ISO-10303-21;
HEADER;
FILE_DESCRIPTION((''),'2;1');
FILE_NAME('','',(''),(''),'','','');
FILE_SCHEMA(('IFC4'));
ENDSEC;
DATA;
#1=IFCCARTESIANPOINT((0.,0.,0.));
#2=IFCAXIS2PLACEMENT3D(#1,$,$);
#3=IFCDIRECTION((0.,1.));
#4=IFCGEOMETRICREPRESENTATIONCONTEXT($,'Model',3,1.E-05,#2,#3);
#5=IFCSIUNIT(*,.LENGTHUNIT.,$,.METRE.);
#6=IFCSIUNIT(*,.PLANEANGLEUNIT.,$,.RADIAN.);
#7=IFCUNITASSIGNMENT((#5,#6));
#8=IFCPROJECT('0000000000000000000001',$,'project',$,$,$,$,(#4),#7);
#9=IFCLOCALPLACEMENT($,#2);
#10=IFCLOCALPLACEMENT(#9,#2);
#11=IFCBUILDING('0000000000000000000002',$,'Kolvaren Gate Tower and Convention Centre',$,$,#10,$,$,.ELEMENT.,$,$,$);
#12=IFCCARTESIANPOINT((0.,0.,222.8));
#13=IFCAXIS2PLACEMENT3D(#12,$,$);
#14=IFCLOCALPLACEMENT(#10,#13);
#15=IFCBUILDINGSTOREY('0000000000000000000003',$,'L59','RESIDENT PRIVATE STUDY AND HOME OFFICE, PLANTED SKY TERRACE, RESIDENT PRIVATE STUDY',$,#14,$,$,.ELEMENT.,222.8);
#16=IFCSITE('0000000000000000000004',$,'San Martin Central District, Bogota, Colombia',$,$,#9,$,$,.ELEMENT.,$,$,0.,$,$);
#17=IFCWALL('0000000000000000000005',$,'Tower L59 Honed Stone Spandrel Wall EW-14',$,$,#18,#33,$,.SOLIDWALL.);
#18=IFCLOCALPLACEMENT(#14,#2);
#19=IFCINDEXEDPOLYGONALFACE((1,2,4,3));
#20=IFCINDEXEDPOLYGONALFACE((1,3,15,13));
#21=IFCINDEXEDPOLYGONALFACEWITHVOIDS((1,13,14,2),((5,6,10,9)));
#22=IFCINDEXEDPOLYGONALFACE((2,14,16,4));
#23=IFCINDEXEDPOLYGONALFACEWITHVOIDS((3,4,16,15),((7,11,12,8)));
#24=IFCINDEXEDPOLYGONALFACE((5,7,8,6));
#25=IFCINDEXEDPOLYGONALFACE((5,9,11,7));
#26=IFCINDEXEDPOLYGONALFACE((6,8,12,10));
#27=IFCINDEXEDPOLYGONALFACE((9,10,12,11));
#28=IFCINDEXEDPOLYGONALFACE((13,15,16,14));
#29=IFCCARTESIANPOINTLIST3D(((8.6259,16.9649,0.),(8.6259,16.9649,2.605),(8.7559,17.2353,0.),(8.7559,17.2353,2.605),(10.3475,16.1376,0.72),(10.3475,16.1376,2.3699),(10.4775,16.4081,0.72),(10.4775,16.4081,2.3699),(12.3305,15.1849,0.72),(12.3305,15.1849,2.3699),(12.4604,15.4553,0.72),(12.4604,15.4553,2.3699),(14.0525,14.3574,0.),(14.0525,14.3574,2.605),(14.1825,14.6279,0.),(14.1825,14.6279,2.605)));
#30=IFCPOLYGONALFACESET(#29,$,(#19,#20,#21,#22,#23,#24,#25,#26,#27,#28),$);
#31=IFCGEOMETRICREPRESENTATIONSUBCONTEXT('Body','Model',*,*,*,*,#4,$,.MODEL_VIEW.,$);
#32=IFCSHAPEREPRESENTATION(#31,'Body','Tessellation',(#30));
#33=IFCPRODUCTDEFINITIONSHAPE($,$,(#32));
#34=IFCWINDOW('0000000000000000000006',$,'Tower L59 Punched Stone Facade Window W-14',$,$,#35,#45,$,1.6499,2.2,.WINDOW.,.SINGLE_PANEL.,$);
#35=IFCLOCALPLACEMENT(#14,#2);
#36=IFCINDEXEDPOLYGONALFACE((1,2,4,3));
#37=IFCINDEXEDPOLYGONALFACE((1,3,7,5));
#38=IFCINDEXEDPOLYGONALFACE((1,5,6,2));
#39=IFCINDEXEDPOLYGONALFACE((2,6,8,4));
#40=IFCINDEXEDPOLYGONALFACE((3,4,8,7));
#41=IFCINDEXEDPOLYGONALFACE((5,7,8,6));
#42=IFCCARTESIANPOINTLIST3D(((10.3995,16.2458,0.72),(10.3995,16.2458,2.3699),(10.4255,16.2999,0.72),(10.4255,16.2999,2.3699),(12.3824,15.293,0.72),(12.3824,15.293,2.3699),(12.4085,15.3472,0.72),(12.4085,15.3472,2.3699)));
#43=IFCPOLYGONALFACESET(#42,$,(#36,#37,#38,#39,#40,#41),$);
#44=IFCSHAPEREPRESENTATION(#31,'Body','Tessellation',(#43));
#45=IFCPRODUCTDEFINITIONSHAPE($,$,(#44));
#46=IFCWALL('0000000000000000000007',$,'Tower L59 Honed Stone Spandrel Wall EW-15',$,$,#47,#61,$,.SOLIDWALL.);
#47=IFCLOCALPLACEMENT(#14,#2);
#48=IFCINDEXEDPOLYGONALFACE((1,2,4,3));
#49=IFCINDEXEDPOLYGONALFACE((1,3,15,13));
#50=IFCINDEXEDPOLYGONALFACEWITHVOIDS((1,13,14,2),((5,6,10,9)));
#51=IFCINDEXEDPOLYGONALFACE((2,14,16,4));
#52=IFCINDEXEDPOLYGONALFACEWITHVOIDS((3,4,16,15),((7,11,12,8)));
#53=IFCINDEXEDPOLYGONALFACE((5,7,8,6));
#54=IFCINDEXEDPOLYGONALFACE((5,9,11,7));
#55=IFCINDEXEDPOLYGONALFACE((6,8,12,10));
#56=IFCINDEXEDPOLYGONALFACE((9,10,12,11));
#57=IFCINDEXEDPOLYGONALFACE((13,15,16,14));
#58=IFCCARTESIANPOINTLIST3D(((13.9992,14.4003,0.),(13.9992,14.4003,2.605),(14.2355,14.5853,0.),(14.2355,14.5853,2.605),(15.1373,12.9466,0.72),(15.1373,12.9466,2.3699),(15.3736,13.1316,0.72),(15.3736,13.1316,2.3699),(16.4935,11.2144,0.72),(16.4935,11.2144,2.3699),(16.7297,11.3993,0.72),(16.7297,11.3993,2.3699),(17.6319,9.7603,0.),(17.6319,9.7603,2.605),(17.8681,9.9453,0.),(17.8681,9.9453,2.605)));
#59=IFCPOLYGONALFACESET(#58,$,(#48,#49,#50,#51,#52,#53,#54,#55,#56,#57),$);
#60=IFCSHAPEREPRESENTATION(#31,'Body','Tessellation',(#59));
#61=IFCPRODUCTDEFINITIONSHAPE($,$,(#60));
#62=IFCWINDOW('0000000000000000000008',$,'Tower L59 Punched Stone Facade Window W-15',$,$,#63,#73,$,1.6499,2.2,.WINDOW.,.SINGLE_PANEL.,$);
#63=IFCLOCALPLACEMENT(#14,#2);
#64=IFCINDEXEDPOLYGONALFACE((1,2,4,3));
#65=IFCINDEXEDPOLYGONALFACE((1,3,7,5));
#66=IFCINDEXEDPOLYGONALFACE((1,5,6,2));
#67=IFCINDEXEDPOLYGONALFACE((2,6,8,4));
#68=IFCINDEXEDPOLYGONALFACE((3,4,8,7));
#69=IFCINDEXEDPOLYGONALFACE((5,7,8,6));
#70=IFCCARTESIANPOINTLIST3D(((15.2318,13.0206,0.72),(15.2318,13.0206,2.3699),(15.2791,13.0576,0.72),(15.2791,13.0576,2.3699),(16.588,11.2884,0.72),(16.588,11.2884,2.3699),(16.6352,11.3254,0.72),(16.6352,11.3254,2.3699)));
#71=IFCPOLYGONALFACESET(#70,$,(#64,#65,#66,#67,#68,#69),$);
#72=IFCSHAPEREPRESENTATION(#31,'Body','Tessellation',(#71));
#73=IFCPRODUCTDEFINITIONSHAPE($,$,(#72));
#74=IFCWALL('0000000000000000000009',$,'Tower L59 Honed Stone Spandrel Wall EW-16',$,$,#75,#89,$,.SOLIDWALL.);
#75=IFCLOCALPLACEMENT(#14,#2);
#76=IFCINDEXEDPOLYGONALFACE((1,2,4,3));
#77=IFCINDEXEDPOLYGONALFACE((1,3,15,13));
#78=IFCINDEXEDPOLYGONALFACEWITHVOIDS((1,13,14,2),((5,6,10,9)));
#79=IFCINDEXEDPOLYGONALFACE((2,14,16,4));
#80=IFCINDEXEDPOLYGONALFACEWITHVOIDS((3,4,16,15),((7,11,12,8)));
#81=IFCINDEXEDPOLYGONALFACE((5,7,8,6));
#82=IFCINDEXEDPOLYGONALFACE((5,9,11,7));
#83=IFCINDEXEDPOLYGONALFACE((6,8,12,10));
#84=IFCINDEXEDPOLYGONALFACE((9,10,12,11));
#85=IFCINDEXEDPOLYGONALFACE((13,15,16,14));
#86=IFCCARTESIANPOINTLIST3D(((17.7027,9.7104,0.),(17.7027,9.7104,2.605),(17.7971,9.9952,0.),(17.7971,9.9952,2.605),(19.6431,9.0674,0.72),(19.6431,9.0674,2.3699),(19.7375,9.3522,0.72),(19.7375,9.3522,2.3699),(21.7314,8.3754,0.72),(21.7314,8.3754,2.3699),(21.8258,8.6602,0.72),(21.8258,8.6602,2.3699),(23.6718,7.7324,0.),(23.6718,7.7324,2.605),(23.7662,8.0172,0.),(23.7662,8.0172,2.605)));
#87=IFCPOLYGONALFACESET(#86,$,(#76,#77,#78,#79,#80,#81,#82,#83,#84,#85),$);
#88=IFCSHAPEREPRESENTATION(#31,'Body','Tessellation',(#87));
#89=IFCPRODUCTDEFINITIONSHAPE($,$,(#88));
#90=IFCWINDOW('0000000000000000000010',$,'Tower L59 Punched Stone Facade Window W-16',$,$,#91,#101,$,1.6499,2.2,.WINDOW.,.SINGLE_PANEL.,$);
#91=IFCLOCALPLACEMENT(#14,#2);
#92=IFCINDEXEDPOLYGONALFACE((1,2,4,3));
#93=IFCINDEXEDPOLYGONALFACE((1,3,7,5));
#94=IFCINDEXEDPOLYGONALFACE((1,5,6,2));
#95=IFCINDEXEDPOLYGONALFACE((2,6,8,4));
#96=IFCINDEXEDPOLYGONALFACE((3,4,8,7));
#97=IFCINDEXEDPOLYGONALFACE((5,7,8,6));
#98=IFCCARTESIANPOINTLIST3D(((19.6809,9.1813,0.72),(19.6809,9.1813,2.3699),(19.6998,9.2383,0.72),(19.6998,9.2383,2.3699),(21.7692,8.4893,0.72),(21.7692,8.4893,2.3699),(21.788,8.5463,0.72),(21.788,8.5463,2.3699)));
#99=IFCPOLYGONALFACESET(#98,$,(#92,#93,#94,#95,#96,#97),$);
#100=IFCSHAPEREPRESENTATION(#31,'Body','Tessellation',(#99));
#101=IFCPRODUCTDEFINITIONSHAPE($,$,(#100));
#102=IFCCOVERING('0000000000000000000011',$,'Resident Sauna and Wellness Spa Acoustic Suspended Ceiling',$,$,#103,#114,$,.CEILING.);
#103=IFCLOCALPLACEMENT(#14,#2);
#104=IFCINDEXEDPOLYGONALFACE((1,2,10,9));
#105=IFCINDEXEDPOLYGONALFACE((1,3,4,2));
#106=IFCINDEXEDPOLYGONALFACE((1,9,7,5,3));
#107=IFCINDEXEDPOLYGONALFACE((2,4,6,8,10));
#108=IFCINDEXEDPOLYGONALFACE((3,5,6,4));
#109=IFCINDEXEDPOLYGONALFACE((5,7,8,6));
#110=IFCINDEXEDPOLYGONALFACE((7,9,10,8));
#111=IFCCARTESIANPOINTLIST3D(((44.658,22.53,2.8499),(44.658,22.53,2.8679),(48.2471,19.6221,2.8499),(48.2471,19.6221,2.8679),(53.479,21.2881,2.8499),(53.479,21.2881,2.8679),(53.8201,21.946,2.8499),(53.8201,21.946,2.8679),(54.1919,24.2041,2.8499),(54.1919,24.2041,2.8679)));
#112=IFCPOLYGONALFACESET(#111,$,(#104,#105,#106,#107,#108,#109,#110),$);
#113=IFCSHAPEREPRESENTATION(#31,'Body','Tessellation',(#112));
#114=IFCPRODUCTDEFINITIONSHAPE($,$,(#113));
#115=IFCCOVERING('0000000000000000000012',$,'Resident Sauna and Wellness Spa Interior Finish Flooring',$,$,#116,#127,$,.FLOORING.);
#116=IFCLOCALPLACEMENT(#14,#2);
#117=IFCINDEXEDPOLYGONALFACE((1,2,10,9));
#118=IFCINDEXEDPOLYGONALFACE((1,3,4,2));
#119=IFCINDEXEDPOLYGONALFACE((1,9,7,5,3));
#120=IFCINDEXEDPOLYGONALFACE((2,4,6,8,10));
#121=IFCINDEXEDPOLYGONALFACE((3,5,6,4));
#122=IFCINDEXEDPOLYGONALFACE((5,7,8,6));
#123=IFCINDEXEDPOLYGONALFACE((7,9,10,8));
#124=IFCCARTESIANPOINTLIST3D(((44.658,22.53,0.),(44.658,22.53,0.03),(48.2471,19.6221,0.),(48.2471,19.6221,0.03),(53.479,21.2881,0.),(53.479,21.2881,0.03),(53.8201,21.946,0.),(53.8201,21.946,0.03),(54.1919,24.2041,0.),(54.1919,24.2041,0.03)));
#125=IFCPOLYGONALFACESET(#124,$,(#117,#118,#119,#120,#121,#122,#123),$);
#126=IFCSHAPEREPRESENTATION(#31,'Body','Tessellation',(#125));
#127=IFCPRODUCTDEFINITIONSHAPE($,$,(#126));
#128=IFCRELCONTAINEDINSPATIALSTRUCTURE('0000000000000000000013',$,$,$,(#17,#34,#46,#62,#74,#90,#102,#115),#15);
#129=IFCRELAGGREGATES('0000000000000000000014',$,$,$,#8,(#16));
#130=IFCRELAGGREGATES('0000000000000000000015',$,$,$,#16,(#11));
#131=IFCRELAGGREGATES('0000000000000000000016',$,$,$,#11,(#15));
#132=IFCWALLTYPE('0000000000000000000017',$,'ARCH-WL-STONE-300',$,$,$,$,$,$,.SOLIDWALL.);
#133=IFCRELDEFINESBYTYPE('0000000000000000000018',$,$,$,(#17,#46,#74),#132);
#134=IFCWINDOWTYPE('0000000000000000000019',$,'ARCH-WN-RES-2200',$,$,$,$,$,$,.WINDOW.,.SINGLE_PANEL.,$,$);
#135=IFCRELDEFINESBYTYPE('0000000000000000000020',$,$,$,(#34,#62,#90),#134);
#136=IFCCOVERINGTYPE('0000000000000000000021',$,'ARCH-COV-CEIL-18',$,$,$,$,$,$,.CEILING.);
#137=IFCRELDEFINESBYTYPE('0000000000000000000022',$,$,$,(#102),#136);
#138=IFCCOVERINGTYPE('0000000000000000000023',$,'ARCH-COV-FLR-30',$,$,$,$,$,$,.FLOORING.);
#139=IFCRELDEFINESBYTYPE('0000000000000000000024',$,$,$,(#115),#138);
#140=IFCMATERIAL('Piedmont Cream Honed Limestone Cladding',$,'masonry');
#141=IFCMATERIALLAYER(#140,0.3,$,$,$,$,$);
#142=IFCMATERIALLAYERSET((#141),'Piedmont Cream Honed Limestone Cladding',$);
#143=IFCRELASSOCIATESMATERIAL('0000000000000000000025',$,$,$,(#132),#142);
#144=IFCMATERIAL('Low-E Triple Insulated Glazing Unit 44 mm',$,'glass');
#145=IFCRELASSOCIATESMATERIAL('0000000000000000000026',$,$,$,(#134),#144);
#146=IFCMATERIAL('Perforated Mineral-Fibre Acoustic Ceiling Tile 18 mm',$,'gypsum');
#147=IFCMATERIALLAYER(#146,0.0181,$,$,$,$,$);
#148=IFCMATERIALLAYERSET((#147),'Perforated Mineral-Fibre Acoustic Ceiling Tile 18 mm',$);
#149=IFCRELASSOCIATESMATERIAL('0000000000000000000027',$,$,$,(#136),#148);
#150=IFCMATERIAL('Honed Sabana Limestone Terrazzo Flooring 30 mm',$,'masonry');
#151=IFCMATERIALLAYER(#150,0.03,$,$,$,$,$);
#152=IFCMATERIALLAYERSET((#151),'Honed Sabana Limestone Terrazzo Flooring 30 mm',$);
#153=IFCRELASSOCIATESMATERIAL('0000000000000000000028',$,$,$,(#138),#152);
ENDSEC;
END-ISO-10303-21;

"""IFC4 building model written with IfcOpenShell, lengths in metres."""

from ifc_helpers import new_model, si_unit, direction, frame, frame_2d, origin, place, context, subcontext, project, spatial, polyline, rectangle, outline, extrude, material, layer, layer_set, type_object, element, fill, save


model = new_model("IFC4")

# Units and contexts
model_context = context("Model", 3, precision=1e-05, world=origin(), true_north=direction((0.0, 1.0)))
body_context = subcontext(model_context, "Body", "Model", "MODEL_VIEW")
ifc_project = project(units=[si_unit("LENGTHUNIT", "METRE"), si_unit("PLANEANGLEUNIT", "RADIAN")], contexts=[model_context])

# Site, building, storey
site_placement = place(None, origin())
site = spatial("IfcSite", under=ifc_project, at=site_placement, Name="San Martin Central District, Bogota, Colombia", CompositionType="ELEMENT", RefElevation=0.0)
building_placement = place(site_placement, origin())
building = spatial("IfcBuilding", under=site, at=building_placement, Name="Kolvaren Gate Tower and Convention Centre", CompositionType="ELEMENT")
storey_placement = place(building_placement, frame((0.0, 0.0, 222.8)))
storey = spatial("IfcBuildingStorey", under=building, at=storey_placement, Name="L59", Description="RESIDENT PRIVATE STUDY AND HOME OFFICE, PLANTED SKY TERRACE, RESIDENT PRIVATE STUDY", CompositionType="ELEMENT", Elevation=222.8)

# Shared definitions
ifc_material_1 = material(Name="Piedmont Cream Honed Limestone Cladding", Category="masonry")

# Walls, openings, windows
ifc_layer_1 = layer(ifc_material_1, 0.3)
ifc_layer_set_1 = layer_set([ifc_layer_1], Name="Piedmont Cream Honed Limestone Cladding")
wall_type_1 = type_object("IfcWallType", Name="ARCH-WL-STONE-300", PredefinedType="SOLIDWALL", material=ifc_layer_set_1)
wall_1_placement = place(storey_placement, frame((8.6909, 17.1001, 0.0), z_axis=(0.0, 0.0, 1.0), x_axis=(0.901348, -0.433095, 0.0)))
wall_1 = element("IfcWall", 1, at=wall_1_placement, inside=storey, type_object=wall_type_1, Name="Tower L59 Honed Stone Spandrel Wall EW-14", PredefinedType="SOLIDWALL", context=body_context, shape_type="SweptSolid", body=[
    extrude(rectangle(XDim=6.0205, YDim=0.3, at=frame_2d((3.0103, 0.0))), origin(), (0.0, 0.0, 1.0), 2.605),
])
opening_1_placement = place(wall_1_placement, frame((1.9099, 0.0, 0.72)))
opening_1 = element("IfcOpeningElement", 2, at=opening_1_placement, cuts=wall_1, PredefinedType="OPENING", context=body_context, shape_type="SweptSolid", body=[
    extrude(rectangle(XDim=2.2, YDim=1.6499, at=frame_2d((1.1001, 0.825))), frame((0.0, 0.1599, 0.0), z_axis=(0.0, -1.0, 0.0), x_axis=(1.0, 0.0, 0.0)), (0.0, 0.0, 1.0), 0.3201),
])
ifc_material_2 = material(Name="Low-E Triple Insulated Glazing Unit 44 mm", Category="glass")
window_type = type_object("IfcWindowType", Name="ARCH-WN-RES-2200", PartitioningType="SINGLE_PANEL", PredefinedType="WINDOW", material=ifc_material_2)
window_1_placement = place(opening_1_placement, origin())
window_1 = element("IfcWindow", 3, at=window_1_placement, inside=storey, type_object=window_type, Name="Tower L59 Punched Stone Facade Window W-14", OverallHeight=1.6499, OverallWidth=2.2, PartitioningType="SINGLE_PANEL", PredefinedType="WINDOW", context=body_context, shape_type="SweptSolid", body=[
    extrude(rectangle(XDim=2.2, YDim=1.6499, at=frame_2d((1.1001, 0.825))), frame((0.0, 0.03, 0.0), z_axis=(0.0, -1.0, 0.0), x_axis=(1.0, 0.0, 0.0)), (0.0, 0.0, 1.0), 0.0601),
])
fill(opening_1, window_1)
wall_2_placement = place(storey_placement, frame((14.1174, 14.4927, 0.0), z_axis=(0.0, 0.0, 1.0), x_axis=(0.61645, -0.787394, 0.0)))
wall_2 = element("IfcWall", 4, at=wall_2_placement, inside=storey, type_object=wall_type_1, Name="Tower L59 Honed Stone Spandrel Wall EW-15", PredefinedType="SOLIDWALL", context=body_context, shape_type="SweptSolid", body=[
    extrude(rectangle(XDim=5.8928, YDim=0.3, at=frame_2d((2.9463, 0.0))), origin(), (0.0, 0.0, 1.0), 2.605),
])
opening_2_placement = place(wall_2_placement, frame((1.8459, 0.0, 0.72)))
opening_2 = element("IfcOpeningElement", 5, at=opening_2_placement, cuts=wall_2, PredefinedType="OPENING", context=body_context, shape_type="SweptSolid", body=[
    extrude(rectangle(XDim=2.2, YDim=1.6499, at=frame_2d((1.1001, 0.825))), frame((0.0, 0.1599, 0.0), z_axis=(0.0, -1.0, 0.0), x_axis=(1.0, 0.0, 0.0)), (0.0, 0.0, 1.0), 0.3201),
])
window_2_placement = place(opening_2_placement, origin())
window_2 = element("IfcWindow", 6, at=window_2_placement, inside=storey, type_object=window_type, Name="Tower L59 Punched Stone Facade Window W-15", OverallHeight=1.6499, OverallWidth=2.2, PartitioningType="SINGLE_PANEL", PredefinedType="WINDOW", context=body_context, shape_type="SweptSolid", body=[
    extrude(rectangle(XDim=2.2, YDim=1.6499, at=frame_2d((1.1001, 0.825))), frame((0.0, 0.03, 0.0), z_axis=(0.0, -1.0, 0.0), x_axis=(1.0, 0.0, 0.0)), (0.0, 0.0, 1.0), 0.0601),
])
fill(opening_2, window_2)
wall_3_placement = place(storey_placement, frame((17.75, 9.8528, 0.0), z_axis=(0.0, 0.0, 1.0), x_axis=(0.949241, -0.31455, 0.0)))
wall_3 = element("IfcWall", 7, at=wall_3_placement, inside=storey, type_object=wall_type_1, Name="Tower L59 Honed Stone Spandrel Wall EW-16", PredefinedType="SOLIDWALL", context=body_context, shape_type="SweptSolid", body=[
    extrude(rectangle(XDim=6.2883, YDim=0.3, at=frame_2d((3.144, 0.0))), origin(), (0.0, 0.0, 1.0), 2.605),
])
opening_3_placement = place(wall_3_placement, frame((2.0439, 0.0, 0.72)))
opening_3 = element("IfcOpeningElement", 8, at=opening_3_placement, cuts=wall_3, PredefinedType="OPENING", context=body_context, shape_type="SweptSolid", body=[
    extrude(rectangle(XDim=2.2, YDim=1.6499, at=frame_2d((1.1001, 0.825))), frame((0.0, 0.1599, 0.0), z_axis=(0.0, -1.0, 0.0), x_axis=(1.0, 0.0, 0.0)), (0.0, 0.0, 1.0), 0.3201),
])
window_3_placement = place(opening_3_placement, origin())
window_3 = element("IfcWindow", 9, at=window_3_placement, inside=storey, type_object=window_type, Name="Tower L59 Punched Stone Facade Window W-16", OverallHeight=1.6499, OverallWidth=2.2, PartitioningType="SINGLE_PANEL", PredefinedType="WINDOW", context=body_context, shape_type="SweptSolid", body=[
    extrude(rectangle(XDim=2.2, YDim=1.6499, at=frame_2d((1.1001, 0.825))), frame((0.0, 0.03, 0.0), z_axis=(0.0, -1.0, 0.0), x_axis=(1.0, 0.0, 0.0)), (0.0, 0.0, 1.0), 0.0601),
])
fill(opening_3, window_3)

# Coverings
ifc_material_3 = material(Name="Perforated Mineral-Fibre Acoustic Ceiling Tile 18 mm", Category="gypsum")
ifc_layer_2 = layer(ifc_material_3, 0.0181)
ifc_layer_set_2 = layer_set([ifc_layer_2], Name="Perforated Mineral-Fibre Acoustic Ceiling Tile 18 mm")
covering_type_1 = type_object("IfcCoveringType", Name="ARCH-COV-CEIL-18", PredefinedType="CEILING", material=ifc_layer_set_2)
covering_1_placement = place(storey_placement, frame((0.0, 0.0, 2.8499)))
element("IfcCovering", 10, at=covering_1_placement, inside=storey, type_object=covering_type_1, Name="Resident Sauna and Wellness Spa Acoustic Suspended Ceiling", PredefinedType="CEILING", context=body_context, shape_type="SweptSolid", body=[
    extrude(outline(polyline([(48.2471, 19.6221), (44.658, 22.53), (54.1919, 24.2041), (53.8201, 21.946), (53.479, 21.2881), (48.2471, 19.6221)])), origin(), (0.0, 0.0, 1.0), 0.0181),
])
ifc_material_4 = material(Name="Honed Sabana Limestone Terrazzo Flooring 30 mm", Category="masonry")
ifc_layer_3 = layer(ifc_material_4, 0.03)
ifc_layer_set_3 = layer_set([ifc_layer_3], Name="Honed Sabana Limestone Terrazzo Flooring 30 mm")
covering_type_2 = type_object("IfcCoveringType", Name="ARCH-COV-FLR-30", PredefinedType="FLOORING", material=ifc_layer_set_3)
covering_2_placement = place(storey_placement, origin())
element("IfcCovering", 11, at=covering_2_placement, inside=storey, type_object=covering_type_2, Name="Resident Sauna and Wellness Spa Interior Finish Flooring", PredefinedType="FLOORING", context=body_context, shape_type="SweptSolid", body=[
    extrude(outline(polyline([(48.2471, 19.6221), (44.658, 22.53), (54.1919, 24.2041), (53.8201, 21.946), (53.479, 21.2881), (48.2471, 19.6221)])), origin(), (0.0, 0.0, 1.0), 0.03),
])

save(model, "model.ifc")
